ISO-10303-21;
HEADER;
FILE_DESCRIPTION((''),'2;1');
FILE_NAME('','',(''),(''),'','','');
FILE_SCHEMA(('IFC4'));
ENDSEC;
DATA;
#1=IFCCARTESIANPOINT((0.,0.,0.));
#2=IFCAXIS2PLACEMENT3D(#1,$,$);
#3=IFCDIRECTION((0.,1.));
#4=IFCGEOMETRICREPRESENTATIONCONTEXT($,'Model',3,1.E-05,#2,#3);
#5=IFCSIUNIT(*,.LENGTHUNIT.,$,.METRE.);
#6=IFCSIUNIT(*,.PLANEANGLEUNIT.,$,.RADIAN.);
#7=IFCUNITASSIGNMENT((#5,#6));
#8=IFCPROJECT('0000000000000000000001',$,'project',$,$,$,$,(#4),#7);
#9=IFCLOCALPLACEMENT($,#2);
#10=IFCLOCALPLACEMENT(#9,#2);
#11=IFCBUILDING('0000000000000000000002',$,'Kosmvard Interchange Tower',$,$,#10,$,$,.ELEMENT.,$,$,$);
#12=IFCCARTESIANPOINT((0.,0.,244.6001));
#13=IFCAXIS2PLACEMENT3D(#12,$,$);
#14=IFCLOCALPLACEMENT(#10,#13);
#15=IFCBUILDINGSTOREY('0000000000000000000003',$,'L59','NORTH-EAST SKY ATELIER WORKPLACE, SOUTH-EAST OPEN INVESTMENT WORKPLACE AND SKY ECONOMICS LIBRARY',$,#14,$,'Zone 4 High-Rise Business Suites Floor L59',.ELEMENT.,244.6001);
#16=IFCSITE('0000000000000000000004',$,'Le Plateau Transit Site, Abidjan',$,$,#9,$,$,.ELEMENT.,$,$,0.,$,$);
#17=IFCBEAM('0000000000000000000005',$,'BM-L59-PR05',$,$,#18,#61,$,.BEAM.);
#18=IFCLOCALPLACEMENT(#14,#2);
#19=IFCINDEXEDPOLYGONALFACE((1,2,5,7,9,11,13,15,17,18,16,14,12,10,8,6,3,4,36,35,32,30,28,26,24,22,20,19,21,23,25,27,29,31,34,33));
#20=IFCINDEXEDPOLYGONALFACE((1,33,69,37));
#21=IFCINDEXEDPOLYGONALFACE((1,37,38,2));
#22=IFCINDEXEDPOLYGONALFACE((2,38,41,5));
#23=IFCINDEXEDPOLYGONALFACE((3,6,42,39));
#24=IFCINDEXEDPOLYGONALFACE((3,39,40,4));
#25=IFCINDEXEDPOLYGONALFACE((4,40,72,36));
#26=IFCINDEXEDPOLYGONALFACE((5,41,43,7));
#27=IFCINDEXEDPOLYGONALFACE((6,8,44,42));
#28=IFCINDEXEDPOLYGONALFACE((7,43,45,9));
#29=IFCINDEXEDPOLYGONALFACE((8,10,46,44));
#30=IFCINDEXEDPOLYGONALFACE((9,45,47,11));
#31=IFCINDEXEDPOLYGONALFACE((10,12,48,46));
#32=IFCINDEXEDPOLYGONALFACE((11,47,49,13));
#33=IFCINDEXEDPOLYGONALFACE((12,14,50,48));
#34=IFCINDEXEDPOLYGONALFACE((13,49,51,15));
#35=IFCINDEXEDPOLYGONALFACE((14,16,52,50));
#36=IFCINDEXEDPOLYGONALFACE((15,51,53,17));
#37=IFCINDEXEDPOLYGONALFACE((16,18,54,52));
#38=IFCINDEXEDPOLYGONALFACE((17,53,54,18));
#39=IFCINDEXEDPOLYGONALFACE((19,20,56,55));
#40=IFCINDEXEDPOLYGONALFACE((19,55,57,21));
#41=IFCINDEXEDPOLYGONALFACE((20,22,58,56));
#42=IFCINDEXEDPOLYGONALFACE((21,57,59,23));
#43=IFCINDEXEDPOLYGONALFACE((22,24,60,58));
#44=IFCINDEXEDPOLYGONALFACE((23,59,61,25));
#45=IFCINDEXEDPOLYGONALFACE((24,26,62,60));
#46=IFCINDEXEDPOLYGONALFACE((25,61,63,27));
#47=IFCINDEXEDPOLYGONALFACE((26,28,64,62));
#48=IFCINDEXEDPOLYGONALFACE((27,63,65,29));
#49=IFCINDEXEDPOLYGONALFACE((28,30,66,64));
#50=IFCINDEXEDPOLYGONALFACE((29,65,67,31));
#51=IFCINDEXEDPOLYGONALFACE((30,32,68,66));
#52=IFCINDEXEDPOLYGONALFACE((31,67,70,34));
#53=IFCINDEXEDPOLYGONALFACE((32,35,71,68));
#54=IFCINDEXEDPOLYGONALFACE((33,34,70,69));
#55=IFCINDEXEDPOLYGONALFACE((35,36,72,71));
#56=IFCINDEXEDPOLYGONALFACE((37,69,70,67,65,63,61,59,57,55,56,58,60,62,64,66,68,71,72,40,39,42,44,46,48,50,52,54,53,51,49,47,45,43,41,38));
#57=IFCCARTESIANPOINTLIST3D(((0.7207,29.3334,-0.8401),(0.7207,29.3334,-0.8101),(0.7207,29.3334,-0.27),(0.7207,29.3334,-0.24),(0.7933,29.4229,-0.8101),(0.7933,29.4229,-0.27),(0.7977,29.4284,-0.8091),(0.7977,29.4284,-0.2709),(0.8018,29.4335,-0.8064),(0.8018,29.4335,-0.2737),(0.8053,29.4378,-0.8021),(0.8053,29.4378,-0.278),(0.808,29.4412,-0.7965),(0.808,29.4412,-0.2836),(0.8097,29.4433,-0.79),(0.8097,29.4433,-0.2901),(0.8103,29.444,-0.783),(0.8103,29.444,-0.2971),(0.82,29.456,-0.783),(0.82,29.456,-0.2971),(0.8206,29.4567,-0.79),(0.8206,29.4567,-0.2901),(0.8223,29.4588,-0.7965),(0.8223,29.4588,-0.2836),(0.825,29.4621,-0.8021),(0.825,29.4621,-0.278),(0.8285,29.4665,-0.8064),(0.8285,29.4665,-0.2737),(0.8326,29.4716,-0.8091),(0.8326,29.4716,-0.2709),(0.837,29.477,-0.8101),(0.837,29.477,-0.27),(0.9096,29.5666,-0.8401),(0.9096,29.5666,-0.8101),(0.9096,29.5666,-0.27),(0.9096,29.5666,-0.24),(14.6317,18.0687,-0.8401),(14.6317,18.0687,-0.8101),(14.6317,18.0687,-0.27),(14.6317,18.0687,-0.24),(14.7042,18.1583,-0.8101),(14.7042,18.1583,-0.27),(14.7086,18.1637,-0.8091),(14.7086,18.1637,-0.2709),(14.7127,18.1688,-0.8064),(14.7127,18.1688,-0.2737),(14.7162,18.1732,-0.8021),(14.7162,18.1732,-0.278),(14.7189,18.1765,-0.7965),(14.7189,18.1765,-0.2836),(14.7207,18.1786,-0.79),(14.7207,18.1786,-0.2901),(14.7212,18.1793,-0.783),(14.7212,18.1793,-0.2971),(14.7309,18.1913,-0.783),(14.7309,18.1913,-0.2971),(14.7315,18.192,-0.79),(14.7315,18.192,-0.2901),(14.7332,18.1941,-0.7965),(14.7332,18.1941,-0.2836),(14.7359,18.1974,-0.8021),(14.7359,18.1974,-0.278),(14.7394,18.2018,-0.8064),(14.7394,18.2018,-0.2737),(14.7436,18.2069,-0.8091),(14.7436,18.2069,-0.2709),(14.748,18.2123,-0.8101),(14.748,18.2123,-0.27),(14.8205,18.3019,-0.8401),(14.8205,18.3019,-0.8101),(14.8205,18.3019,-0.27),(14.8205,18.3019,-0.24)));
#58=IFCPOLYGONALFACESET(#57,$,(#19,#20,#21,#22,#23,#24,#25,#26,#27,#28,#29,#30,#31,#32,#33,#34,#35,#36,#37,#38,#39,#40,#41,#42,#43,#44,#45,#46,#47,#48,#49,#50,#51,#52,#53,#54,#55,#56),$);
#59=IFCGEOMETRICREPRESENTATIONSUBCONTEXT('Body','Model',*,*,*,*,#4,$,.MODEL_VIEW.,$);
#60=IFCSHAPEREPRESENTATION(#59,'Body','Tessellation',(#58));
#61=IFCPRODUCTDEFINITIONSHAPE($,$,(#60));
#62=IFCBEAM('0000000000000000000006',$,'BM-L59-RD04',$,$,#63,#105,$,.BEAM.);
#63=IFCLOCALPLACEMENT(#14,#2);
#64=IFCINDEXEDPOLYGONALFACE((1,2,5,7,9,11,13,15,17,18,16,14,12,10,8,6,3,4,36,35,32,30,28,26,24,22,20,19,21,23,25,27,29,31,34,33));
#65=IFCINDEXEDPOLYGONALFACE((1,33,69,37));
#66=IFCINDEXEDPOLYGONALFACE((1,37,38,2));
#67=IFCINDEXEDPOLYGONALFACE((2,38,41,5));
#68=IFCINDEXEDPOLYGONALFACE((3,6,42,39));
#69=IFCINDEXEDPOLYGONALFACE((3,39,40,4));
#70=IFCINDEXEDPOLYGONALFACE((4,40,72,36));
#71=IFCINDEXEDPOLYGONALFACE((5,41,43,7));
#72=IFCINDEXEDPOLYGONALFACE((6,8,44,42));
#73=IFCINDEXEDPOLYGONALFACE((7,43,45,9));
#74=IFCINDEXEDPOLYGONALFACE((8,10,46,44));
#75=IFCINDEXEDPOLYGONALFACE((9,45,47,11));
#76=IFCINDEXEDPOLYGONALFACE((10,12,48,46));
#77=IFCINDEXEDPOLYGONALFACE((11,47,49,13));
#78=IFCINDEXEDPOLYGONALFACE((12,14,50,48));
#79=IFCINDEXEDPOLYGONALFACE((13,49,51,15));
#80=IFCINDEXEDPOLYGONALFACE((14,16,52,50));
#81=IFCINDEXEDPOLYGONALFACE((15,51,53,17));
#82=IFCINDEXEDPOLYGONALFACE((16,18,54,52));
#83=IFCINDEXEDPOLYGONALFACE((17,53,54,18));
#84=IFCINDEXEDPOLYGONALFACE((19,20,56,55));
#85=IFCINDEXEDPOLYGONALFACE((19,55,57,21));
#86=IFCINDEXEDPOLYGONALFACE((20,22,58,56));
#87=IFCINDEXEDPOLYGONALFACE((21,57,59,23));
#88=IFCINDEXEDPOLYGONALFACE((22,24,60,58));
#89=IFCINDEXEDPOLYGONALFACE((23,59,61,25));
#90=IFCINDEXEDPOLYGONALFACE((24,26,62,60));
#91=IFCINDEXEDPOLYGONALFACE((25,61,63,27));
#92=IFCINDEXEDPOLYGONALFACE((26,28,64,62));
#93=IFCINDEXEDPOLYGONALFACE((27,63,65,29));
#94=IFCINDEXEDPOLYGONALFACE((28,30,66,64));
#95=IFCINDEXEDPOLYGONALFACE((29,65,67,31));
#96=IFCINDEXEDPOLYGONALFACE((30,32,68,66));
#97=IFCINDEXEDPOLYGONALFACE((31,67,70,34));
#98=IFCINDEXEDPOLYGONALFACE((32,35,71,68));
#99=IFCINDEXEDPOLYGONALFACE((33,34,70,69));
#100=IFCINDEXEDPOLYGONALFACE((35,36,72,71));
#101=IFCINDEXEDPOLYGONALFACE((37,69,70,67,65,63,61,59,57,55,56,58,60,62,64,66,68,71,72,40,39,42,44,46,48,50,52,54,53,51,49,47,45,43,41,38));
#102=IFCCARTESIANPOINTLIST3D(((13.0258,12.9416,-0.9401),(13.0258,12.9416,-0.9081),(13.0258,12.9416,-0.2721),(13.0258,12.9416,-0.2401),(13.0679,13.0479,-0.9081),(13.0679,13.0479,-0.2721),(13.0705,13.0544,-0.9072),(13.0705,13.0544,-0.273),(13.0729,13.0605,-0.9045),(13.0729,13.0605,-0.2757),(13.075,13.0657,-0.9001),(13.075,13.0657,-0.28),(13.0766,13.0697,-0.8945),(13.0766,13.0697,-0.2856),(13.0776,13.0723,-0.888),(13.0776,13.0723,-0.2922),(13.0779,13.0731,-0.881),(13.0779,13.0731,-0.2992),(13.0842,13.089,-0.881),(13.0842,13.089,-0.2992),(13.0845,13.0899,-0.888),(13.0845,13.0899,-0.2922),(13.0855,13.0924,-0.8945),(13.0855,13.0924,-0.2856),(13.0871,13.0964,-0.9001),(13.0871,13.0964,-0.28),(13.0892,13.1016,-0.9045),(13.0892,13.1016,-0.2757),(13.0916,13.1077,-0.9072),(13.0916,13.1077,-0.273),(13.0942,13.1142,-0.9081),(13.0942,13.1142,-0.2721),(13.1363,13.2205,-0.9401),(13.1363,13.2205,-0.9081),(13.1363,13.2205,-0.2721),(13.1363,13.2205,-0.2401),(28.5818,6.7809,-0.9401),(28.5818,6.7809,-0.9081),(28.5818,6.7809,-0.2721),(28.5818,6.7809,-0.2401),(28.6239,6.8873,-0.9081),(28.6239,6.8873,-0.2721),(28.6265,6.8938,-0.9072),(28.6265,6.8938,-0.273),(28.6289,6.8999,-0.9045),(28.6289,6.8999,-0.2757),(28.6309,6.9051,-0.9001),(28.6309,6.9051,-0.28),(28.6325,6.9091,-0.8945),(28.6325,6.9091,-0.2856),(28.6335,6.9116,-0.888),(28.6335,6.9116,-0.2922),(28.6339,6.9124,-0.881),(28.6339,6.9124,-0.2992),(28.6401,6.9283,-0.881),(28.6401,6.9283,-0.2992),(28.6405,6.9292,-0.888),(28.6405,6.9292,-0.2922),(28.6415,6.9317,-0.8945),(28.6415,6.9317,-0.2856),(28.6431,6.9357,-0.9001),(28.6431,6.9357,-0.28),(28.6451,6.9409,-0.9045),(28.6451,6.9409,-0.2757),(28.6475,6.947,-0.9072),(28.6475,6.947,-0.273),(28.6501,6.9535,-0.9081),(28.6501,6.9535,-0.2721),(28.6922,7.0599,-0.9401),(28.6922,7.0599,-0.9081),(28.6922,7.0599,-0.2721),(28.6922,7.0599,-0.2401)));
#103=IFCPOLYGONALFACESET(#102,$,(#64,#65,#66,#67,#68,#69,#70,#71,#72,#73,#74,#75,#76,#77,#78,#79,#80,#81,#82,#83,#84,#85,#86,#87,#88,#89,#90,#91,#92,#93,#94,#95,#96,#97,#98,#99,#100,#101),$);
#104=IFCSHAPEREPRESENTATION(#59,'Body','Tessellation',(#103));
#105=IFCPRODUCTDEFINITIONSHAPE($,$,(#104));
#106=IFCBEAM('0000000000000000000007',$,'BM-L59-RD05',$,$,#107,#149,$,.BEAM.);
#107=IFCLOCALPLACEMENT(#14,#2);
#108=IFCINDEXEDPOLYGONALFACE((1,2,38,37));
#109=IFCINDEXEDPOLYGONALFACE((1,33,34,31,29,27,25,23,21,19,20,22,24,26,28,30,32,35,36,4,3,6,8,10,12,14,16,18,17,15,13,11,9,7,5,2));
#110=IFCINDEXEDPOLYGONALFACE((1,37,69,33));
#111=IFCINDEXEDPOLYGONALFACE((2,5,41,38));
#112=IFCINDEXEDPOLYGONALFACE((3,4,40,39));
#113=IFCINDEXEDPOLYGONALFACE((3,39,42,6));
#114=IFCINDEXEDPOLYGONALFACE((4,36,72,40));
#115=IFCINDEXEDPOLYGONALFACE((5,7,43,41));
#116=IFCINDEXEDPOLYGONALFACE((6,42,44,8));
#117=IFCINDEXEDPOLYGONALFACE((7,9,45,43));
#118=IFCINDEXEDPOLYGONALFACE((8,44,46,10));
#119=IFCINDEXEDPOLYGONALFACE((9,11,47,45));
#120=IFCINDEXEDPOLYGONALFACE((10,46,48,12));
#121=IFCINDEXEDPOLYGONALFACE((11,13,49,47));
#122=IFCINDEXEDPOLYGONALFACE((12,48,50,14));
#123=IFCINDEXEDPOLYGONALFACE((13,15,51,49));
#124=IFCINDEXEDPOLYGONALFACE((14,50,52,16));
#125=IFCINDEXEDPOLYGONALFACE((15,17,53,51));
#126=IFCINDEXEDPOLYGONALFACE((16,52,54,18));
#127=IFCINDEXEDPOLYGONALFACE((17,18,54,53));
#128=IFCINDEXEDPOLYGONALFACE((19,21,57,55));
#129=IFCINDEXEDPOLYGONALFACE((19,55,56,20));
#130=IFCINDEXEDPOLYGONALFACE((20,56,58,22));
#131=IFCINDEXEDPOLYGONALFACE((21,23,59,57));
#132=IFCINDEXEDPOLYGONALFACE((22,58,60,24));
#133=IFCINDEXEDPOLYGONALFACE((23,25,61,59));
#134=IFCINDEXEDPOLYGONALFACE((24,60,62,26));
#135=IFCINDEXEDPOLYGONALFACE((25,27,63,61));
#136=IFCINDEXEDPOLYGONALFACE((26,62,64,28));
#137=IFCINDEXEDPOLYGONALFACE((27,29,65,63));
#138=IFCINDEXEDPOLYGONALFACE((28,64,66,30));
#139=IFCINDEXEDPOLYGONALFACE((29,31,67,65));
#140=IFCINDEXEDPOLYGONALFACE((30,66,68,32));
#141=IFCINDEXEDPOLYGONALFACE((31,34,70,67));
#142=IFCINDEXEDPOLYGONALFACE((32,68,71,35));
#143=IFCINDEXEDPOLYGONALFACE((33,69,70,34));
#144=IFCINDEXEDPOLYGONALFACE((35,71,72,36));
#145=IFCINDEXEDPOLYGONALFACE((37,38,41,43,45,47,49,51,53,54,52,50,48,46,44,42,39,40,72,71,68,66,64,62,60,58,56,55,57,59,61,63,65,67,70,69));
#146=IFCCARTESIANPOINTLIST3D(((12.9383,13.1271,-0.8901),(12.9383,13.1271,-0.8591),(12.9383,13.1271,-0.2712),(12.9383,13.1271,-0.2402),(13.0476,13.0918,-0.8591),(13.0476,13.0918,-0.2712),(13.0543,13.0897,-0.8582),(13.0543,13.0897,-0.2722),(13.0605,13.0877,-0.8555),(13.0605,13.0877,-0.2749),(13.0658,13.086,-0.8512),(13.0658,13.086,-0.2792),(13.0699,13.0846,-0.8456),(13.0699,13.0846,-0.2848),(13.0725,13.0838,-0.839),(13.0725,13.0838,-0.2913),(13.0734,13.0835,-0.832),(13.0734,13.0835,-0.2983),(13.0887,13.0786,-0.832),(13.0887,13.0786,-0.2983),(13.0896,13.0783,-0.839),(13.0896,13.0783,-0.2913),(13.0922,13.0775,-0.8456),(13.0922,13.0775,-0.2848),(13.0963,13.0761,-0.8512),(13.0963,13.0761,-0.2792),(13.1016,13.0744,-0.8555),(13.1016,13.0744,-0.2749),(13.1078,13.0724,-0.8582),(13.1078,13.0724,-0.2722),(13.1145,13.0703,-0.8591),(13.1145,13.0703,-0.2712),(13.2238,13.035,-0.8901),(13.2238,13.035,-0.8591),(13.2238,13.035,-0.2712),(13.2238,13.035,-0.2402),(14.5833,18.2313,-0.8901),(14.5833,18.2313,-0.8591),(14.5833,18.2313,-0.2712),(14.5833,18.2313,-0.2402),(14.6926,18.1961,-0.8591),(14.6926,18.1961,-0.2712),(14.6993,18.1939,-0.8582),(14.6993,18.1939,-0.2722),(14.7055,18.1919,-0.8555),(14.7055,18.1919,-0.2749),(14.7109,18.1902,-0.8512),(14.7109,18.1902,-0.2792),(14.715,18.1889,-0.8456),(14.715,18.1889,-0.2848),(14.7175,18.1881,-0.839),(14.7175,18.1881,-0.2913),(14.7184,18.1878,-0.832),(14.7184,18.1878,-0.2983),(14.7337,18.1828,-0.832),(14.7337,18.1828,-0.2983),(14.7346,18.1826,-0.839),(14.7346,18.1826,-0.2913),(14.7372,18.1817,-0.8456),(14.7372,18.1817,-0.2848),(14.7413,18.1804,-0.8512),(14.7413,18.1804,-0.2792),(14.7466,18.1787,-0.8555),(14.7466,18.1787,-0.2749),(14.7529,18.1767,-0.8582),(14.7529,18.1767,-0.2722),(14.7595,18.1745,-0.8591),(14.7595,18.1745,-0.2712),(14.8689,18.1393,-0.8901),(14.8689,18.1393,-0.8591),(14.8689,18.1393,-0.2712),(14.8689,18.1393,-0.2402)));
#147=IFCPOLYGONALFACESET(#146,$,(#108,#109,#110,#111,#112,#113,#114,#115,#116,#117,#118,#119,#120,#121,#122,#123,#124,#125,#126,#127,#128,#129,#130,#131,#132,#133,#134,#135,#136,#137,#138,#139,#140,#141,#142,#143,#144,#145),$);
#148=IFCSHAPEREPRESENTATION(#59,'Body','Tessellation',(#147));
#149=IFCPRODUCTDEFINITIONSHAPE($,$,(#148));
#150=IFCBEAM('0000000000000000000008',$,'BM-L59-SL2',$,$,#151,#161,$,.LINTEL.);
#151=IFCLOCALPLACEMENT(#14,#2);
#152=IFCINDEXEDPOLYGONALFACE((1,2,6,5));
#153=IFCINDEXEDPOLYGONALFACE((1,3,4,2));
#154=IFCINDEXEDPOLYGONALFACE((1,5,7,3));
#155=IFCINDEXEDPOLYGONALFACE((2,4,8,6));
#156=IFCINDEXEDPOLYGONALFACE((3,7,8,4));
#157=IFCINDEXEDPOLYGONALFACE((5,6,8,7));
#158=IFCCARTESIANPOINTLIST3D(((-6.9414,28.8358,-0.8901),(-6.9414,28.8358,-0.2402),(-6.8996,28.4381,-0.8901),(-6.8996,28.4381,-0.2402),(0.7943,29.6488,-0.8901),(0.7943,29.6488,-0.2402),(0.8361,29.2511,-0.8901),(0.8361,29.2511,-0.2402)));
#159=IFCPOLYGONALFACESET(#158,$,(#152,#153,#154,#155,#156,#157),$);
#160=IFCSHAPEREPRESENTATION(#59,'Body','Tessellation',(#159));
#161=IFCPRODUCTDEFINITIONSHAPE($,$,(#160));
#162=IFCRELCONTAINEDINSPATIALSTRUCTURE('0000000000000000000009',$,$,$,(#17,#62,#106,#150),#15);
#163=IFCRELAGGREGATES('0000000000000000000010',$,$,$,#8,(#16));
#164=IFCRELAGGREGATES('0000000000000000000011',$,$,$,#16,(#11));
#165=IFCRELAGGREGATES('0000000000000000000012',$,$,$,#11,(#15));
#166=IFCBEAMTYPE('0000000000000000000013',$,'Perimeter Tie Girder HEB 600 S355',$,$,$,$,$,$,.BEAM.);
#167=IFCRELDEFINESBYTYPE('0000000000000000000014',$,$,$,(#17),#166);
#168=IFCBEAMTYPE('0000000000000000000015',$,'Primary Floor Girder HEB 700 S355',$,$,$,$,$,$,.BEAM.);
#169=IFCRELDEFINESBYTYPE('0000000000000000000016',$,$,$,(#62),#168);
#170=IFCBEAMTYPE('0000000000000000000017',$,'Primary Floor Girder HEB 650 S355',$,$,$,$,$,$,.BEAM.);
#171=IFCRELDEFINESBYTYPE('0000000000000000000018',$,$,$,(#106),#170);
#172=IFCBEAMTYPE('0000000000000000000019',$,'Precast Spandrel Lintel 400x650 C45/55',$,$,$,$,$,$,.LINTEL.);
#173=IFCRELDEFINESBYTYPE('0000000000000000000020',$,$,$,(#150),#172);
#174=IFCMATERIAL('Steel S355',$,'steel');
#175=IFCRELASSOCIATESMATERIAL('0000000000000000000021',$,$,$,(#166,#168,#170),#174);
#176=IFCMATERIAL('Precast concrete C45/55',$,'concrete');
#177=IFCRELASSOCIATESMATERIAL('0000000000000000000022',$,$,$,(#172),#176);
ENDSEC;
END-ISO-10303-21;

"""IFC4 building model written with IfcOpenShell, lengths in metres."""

from ifc_helpers import new_model, si_unit, direction, frame, origin, origin_2d, place, context, subcontext, project, spatial, rectangle, i_section, extrude, source, transform, mapped, material, material_profile, profile_set, type_object, element, save


model = new_model("IFC4")

# Units and contexts
model_context = context("Model", 3, precision=1e-05, world=origin(), true_north=direction((0.0, 1.0)))
body_context = subcontext(model_context, "Body", "Model", "MODEL_VIEW")
ifc_project = project(units=[si_unit("LENGTHUNIT", "METRE"), si_unit("PLANEANGLEUNIT", "RADIAN")], contexts=[model_context])

# Site, building, storey
site_placement = place(None, origin())
site = spatial("IfcSite", under=ifc_project, at=site_placement, Name="Le Plateau Transit Site, Abidjan", CompositionType="ELEMENT", RefElevation=0.0)
building_placement = place(site_placement, origin())
building = spatial("IfcBuilding", under=site, at=building_placement, Name="Kosmvard Interchange Tower", CompositionType="ELEMENT")
storey_placement = place(building_placement, frame((0.0, 0.0, 244.6001)))
storey = spatial("IfcBuildingStorey", under=building, at=storey_placement, Name="L59", Description="NORTH-EAST SKY ATELIER WORKPLACE, SOUTH-EAST OPEN INVESTMENT WORKPLACE AND SKY ECONOMICS LIBRARY", LongName="Zone 4 High-Rise Business Suites Floor L59", CompositionType="ELEMENT", Elevation=244.6001)

# Beams
ifc_material_1 = material(Name="Steel S355", Category="steel")
ifc_material_profile_1 = material_profile(ifc_material_1, i_section(OverallWidth=0.3, OverallDepth=0.6001, WebThickness=0.0154, FlangeThickness=0.03, FilletRadius=0.0271, at=origin_2d()), Name="HEB 600")
ifc_profile_set_1 = profile_set([ifc_material_profile_1], Name="Steel S355")
beam_type_1 = type_object("IfcBeamType", Name="Perimeter Tie Girder HEB 600 S355", PredefinedType="BEAM", material=ifc_profile_set_1)
shared_shape_1 = source(origin(), body_context, "Body", "SweptSolid", [
    extrude(i_section(OverallWidth=0.3, OverallDepth=0.6001, WebThickness=0.0154, FlangeThickness=0.03, FilletRadius=0.0271, at=origin_2d()), origin(), (0.0, 0.0, 1.0), 17.8999),
])
beam_1_placement = place(storey_placement, frame((14.7261, 18.1853, -0.54), z_axis=(-0.777151, 0.629315, 0.0), x_axis=(-0.629315, -0.777151, 0.0)))
element("IfcBeam", 1, at=beam_1_placement, inside=storey, type_object=beam_type_1, Name="BM-L59-PR05", PredefinedType="BEAM", context=body_context, shape_type="MappedRepresentation", body=[
    mapped(shared_shape_1, transform((0.0, 0.0, 0.0), scale=1.0)),
])
ifc_material_profile_2 = material_profile(ifc_material_1, i_section(OverallWidth=0.3, OverallDepth=0.7, WebThickness=0.0171, FlangeThickness=0.032, FilletRadius=0.0271, at=origin_2d()), Name="HEB 700")
ifc_profile_set_2 = profile_set([ifc_material_profile_2], Name="Steel S355")
beam_type_2 = type_object("IfcBeamType", Name="Primary Floor Girder HEB 700 S355", PredefinedType="BEAM", material=ifc_profile_set_2)
shared_shape_2 = source(origin(), body_context, "Body", "SweptSolid", [
    extrude(i_section(OverallWidth=0.3, OverallDepth=0.7, WebThickness=0.0171, FlangeThickness=0.032, FilletRadius=0.0271, at=origin_2d()), origin(), (0.0, 0.0, 1.0), 16.7314),
])
beam_2_placement = place(storey_placement, frame((13.0811, 13.0811, -0.5901), z_axis=(0.929743, -0.368209, 0.0), x_axis=(0.368209, 0.929743, 0.0)))
element("IfcBeam", 2, at=beam_2_placement, inside=storey, type_object=beam_type_2, Name="BM-L59-RD04", PredefinedType="BEAM", context=body_context, shape_type="MappedRepresentation", body=[
    mapped(shared_shape_2, transform((0.0, 0.0, 0.0), scale=1.0)),
])
ifc_material_profile_3 = material_profile(ifc_material_1, i_section(OverallWidth=0.3, OverallDepth=0.6499, WebThickness=0.0161, FlangeThickness=0.031, FilletRadius=0.0271, at=origin_2d()), Name="HEB 650")
ifc_profile_set_3 = profile_set([ifc_material_profile_3], Name="Steel S355")
beam_type_3 = type_object("IfcBeamType", Name="Primary Floor Girder HEB 650 S355", PredefinedType="BEAM", material=ifc_profile_set_3)
shared_shape_3 = source(origin(), body_context, "Body", "SweptSolid", [
    extrude(i_section(OverallWidth=0.3, OverallDepth=0.6499, WebThickness=0.0161, FlangeThickness=0.031, FilletRadius=0.0271, at=origin_2d()), origin(), (0.0, 0.0, 1.0), 5.3628),
])
beam_3_placement = place(storey_placement, frame((13.0811, 13.0811, -0.5652), z_axis=(0.306747, 0.951791, 0.0), x_axis=(-0.951791, 0.306747, 0.0)))
element("IfcBeam", 3, at=beam_3_placement, inside=storey, type_object=beam_type_3, Name="BM-L59-RD05", PredefinedType="BEAM", context=body_context, shape_type="MappedRepresentation", body=[
    mapped(shared_shape_3, transform((0.0, 0.0, 0.0), scale=1.0)),
])
ifc_material_2 = material(Name="Precast concrete C45/55", Category="concrete")
ifc_material_profile_4 = material_profile(ifc_material_2, rectangle(XDim=0.3999, YDim=0.6499, at=origin_2d()), Name="SL 400x650")
ifc_profile_set_4 = profile_set([ifc_material_profile_4], Name="Precast concrete C45/55")
beam_type_4 = type_object("IfcBeamType", Name="Precast Spandrel Lintel 400x650 C45/55", PredefinedType="LINTEL", material=ifc_profile_set_4)
shared_shape_4 = source(origin(), body_context, "Body", "SweptSolid", [
    extrude(rectangle(XDim=0.3999, YDim=0.6499, at=origin_2d()), origin(), (0.0, 0.0, 1.0), 7.7783),
])
beam_4_placement = place(storey_placement, frame((0.8152, 29.45, -0.5652), z_axis=(-0.994523, -0.104521, 0.0), x_axis=(0.104521, -0.994523, 0.0)))
element("IfcBeam", 4, at=beam_4_placement, inside=storey, type_object=beam_type_4, Name="BM-L59-SL2", PredefinedType="LINTEL", context=body_context, shape_type="MappedRepresentation", body=[
    mapped(shared_shape_4, transform((0.0, 0.0, 0.0), scale=1.0)),
])

save(model, "model.ifc")
